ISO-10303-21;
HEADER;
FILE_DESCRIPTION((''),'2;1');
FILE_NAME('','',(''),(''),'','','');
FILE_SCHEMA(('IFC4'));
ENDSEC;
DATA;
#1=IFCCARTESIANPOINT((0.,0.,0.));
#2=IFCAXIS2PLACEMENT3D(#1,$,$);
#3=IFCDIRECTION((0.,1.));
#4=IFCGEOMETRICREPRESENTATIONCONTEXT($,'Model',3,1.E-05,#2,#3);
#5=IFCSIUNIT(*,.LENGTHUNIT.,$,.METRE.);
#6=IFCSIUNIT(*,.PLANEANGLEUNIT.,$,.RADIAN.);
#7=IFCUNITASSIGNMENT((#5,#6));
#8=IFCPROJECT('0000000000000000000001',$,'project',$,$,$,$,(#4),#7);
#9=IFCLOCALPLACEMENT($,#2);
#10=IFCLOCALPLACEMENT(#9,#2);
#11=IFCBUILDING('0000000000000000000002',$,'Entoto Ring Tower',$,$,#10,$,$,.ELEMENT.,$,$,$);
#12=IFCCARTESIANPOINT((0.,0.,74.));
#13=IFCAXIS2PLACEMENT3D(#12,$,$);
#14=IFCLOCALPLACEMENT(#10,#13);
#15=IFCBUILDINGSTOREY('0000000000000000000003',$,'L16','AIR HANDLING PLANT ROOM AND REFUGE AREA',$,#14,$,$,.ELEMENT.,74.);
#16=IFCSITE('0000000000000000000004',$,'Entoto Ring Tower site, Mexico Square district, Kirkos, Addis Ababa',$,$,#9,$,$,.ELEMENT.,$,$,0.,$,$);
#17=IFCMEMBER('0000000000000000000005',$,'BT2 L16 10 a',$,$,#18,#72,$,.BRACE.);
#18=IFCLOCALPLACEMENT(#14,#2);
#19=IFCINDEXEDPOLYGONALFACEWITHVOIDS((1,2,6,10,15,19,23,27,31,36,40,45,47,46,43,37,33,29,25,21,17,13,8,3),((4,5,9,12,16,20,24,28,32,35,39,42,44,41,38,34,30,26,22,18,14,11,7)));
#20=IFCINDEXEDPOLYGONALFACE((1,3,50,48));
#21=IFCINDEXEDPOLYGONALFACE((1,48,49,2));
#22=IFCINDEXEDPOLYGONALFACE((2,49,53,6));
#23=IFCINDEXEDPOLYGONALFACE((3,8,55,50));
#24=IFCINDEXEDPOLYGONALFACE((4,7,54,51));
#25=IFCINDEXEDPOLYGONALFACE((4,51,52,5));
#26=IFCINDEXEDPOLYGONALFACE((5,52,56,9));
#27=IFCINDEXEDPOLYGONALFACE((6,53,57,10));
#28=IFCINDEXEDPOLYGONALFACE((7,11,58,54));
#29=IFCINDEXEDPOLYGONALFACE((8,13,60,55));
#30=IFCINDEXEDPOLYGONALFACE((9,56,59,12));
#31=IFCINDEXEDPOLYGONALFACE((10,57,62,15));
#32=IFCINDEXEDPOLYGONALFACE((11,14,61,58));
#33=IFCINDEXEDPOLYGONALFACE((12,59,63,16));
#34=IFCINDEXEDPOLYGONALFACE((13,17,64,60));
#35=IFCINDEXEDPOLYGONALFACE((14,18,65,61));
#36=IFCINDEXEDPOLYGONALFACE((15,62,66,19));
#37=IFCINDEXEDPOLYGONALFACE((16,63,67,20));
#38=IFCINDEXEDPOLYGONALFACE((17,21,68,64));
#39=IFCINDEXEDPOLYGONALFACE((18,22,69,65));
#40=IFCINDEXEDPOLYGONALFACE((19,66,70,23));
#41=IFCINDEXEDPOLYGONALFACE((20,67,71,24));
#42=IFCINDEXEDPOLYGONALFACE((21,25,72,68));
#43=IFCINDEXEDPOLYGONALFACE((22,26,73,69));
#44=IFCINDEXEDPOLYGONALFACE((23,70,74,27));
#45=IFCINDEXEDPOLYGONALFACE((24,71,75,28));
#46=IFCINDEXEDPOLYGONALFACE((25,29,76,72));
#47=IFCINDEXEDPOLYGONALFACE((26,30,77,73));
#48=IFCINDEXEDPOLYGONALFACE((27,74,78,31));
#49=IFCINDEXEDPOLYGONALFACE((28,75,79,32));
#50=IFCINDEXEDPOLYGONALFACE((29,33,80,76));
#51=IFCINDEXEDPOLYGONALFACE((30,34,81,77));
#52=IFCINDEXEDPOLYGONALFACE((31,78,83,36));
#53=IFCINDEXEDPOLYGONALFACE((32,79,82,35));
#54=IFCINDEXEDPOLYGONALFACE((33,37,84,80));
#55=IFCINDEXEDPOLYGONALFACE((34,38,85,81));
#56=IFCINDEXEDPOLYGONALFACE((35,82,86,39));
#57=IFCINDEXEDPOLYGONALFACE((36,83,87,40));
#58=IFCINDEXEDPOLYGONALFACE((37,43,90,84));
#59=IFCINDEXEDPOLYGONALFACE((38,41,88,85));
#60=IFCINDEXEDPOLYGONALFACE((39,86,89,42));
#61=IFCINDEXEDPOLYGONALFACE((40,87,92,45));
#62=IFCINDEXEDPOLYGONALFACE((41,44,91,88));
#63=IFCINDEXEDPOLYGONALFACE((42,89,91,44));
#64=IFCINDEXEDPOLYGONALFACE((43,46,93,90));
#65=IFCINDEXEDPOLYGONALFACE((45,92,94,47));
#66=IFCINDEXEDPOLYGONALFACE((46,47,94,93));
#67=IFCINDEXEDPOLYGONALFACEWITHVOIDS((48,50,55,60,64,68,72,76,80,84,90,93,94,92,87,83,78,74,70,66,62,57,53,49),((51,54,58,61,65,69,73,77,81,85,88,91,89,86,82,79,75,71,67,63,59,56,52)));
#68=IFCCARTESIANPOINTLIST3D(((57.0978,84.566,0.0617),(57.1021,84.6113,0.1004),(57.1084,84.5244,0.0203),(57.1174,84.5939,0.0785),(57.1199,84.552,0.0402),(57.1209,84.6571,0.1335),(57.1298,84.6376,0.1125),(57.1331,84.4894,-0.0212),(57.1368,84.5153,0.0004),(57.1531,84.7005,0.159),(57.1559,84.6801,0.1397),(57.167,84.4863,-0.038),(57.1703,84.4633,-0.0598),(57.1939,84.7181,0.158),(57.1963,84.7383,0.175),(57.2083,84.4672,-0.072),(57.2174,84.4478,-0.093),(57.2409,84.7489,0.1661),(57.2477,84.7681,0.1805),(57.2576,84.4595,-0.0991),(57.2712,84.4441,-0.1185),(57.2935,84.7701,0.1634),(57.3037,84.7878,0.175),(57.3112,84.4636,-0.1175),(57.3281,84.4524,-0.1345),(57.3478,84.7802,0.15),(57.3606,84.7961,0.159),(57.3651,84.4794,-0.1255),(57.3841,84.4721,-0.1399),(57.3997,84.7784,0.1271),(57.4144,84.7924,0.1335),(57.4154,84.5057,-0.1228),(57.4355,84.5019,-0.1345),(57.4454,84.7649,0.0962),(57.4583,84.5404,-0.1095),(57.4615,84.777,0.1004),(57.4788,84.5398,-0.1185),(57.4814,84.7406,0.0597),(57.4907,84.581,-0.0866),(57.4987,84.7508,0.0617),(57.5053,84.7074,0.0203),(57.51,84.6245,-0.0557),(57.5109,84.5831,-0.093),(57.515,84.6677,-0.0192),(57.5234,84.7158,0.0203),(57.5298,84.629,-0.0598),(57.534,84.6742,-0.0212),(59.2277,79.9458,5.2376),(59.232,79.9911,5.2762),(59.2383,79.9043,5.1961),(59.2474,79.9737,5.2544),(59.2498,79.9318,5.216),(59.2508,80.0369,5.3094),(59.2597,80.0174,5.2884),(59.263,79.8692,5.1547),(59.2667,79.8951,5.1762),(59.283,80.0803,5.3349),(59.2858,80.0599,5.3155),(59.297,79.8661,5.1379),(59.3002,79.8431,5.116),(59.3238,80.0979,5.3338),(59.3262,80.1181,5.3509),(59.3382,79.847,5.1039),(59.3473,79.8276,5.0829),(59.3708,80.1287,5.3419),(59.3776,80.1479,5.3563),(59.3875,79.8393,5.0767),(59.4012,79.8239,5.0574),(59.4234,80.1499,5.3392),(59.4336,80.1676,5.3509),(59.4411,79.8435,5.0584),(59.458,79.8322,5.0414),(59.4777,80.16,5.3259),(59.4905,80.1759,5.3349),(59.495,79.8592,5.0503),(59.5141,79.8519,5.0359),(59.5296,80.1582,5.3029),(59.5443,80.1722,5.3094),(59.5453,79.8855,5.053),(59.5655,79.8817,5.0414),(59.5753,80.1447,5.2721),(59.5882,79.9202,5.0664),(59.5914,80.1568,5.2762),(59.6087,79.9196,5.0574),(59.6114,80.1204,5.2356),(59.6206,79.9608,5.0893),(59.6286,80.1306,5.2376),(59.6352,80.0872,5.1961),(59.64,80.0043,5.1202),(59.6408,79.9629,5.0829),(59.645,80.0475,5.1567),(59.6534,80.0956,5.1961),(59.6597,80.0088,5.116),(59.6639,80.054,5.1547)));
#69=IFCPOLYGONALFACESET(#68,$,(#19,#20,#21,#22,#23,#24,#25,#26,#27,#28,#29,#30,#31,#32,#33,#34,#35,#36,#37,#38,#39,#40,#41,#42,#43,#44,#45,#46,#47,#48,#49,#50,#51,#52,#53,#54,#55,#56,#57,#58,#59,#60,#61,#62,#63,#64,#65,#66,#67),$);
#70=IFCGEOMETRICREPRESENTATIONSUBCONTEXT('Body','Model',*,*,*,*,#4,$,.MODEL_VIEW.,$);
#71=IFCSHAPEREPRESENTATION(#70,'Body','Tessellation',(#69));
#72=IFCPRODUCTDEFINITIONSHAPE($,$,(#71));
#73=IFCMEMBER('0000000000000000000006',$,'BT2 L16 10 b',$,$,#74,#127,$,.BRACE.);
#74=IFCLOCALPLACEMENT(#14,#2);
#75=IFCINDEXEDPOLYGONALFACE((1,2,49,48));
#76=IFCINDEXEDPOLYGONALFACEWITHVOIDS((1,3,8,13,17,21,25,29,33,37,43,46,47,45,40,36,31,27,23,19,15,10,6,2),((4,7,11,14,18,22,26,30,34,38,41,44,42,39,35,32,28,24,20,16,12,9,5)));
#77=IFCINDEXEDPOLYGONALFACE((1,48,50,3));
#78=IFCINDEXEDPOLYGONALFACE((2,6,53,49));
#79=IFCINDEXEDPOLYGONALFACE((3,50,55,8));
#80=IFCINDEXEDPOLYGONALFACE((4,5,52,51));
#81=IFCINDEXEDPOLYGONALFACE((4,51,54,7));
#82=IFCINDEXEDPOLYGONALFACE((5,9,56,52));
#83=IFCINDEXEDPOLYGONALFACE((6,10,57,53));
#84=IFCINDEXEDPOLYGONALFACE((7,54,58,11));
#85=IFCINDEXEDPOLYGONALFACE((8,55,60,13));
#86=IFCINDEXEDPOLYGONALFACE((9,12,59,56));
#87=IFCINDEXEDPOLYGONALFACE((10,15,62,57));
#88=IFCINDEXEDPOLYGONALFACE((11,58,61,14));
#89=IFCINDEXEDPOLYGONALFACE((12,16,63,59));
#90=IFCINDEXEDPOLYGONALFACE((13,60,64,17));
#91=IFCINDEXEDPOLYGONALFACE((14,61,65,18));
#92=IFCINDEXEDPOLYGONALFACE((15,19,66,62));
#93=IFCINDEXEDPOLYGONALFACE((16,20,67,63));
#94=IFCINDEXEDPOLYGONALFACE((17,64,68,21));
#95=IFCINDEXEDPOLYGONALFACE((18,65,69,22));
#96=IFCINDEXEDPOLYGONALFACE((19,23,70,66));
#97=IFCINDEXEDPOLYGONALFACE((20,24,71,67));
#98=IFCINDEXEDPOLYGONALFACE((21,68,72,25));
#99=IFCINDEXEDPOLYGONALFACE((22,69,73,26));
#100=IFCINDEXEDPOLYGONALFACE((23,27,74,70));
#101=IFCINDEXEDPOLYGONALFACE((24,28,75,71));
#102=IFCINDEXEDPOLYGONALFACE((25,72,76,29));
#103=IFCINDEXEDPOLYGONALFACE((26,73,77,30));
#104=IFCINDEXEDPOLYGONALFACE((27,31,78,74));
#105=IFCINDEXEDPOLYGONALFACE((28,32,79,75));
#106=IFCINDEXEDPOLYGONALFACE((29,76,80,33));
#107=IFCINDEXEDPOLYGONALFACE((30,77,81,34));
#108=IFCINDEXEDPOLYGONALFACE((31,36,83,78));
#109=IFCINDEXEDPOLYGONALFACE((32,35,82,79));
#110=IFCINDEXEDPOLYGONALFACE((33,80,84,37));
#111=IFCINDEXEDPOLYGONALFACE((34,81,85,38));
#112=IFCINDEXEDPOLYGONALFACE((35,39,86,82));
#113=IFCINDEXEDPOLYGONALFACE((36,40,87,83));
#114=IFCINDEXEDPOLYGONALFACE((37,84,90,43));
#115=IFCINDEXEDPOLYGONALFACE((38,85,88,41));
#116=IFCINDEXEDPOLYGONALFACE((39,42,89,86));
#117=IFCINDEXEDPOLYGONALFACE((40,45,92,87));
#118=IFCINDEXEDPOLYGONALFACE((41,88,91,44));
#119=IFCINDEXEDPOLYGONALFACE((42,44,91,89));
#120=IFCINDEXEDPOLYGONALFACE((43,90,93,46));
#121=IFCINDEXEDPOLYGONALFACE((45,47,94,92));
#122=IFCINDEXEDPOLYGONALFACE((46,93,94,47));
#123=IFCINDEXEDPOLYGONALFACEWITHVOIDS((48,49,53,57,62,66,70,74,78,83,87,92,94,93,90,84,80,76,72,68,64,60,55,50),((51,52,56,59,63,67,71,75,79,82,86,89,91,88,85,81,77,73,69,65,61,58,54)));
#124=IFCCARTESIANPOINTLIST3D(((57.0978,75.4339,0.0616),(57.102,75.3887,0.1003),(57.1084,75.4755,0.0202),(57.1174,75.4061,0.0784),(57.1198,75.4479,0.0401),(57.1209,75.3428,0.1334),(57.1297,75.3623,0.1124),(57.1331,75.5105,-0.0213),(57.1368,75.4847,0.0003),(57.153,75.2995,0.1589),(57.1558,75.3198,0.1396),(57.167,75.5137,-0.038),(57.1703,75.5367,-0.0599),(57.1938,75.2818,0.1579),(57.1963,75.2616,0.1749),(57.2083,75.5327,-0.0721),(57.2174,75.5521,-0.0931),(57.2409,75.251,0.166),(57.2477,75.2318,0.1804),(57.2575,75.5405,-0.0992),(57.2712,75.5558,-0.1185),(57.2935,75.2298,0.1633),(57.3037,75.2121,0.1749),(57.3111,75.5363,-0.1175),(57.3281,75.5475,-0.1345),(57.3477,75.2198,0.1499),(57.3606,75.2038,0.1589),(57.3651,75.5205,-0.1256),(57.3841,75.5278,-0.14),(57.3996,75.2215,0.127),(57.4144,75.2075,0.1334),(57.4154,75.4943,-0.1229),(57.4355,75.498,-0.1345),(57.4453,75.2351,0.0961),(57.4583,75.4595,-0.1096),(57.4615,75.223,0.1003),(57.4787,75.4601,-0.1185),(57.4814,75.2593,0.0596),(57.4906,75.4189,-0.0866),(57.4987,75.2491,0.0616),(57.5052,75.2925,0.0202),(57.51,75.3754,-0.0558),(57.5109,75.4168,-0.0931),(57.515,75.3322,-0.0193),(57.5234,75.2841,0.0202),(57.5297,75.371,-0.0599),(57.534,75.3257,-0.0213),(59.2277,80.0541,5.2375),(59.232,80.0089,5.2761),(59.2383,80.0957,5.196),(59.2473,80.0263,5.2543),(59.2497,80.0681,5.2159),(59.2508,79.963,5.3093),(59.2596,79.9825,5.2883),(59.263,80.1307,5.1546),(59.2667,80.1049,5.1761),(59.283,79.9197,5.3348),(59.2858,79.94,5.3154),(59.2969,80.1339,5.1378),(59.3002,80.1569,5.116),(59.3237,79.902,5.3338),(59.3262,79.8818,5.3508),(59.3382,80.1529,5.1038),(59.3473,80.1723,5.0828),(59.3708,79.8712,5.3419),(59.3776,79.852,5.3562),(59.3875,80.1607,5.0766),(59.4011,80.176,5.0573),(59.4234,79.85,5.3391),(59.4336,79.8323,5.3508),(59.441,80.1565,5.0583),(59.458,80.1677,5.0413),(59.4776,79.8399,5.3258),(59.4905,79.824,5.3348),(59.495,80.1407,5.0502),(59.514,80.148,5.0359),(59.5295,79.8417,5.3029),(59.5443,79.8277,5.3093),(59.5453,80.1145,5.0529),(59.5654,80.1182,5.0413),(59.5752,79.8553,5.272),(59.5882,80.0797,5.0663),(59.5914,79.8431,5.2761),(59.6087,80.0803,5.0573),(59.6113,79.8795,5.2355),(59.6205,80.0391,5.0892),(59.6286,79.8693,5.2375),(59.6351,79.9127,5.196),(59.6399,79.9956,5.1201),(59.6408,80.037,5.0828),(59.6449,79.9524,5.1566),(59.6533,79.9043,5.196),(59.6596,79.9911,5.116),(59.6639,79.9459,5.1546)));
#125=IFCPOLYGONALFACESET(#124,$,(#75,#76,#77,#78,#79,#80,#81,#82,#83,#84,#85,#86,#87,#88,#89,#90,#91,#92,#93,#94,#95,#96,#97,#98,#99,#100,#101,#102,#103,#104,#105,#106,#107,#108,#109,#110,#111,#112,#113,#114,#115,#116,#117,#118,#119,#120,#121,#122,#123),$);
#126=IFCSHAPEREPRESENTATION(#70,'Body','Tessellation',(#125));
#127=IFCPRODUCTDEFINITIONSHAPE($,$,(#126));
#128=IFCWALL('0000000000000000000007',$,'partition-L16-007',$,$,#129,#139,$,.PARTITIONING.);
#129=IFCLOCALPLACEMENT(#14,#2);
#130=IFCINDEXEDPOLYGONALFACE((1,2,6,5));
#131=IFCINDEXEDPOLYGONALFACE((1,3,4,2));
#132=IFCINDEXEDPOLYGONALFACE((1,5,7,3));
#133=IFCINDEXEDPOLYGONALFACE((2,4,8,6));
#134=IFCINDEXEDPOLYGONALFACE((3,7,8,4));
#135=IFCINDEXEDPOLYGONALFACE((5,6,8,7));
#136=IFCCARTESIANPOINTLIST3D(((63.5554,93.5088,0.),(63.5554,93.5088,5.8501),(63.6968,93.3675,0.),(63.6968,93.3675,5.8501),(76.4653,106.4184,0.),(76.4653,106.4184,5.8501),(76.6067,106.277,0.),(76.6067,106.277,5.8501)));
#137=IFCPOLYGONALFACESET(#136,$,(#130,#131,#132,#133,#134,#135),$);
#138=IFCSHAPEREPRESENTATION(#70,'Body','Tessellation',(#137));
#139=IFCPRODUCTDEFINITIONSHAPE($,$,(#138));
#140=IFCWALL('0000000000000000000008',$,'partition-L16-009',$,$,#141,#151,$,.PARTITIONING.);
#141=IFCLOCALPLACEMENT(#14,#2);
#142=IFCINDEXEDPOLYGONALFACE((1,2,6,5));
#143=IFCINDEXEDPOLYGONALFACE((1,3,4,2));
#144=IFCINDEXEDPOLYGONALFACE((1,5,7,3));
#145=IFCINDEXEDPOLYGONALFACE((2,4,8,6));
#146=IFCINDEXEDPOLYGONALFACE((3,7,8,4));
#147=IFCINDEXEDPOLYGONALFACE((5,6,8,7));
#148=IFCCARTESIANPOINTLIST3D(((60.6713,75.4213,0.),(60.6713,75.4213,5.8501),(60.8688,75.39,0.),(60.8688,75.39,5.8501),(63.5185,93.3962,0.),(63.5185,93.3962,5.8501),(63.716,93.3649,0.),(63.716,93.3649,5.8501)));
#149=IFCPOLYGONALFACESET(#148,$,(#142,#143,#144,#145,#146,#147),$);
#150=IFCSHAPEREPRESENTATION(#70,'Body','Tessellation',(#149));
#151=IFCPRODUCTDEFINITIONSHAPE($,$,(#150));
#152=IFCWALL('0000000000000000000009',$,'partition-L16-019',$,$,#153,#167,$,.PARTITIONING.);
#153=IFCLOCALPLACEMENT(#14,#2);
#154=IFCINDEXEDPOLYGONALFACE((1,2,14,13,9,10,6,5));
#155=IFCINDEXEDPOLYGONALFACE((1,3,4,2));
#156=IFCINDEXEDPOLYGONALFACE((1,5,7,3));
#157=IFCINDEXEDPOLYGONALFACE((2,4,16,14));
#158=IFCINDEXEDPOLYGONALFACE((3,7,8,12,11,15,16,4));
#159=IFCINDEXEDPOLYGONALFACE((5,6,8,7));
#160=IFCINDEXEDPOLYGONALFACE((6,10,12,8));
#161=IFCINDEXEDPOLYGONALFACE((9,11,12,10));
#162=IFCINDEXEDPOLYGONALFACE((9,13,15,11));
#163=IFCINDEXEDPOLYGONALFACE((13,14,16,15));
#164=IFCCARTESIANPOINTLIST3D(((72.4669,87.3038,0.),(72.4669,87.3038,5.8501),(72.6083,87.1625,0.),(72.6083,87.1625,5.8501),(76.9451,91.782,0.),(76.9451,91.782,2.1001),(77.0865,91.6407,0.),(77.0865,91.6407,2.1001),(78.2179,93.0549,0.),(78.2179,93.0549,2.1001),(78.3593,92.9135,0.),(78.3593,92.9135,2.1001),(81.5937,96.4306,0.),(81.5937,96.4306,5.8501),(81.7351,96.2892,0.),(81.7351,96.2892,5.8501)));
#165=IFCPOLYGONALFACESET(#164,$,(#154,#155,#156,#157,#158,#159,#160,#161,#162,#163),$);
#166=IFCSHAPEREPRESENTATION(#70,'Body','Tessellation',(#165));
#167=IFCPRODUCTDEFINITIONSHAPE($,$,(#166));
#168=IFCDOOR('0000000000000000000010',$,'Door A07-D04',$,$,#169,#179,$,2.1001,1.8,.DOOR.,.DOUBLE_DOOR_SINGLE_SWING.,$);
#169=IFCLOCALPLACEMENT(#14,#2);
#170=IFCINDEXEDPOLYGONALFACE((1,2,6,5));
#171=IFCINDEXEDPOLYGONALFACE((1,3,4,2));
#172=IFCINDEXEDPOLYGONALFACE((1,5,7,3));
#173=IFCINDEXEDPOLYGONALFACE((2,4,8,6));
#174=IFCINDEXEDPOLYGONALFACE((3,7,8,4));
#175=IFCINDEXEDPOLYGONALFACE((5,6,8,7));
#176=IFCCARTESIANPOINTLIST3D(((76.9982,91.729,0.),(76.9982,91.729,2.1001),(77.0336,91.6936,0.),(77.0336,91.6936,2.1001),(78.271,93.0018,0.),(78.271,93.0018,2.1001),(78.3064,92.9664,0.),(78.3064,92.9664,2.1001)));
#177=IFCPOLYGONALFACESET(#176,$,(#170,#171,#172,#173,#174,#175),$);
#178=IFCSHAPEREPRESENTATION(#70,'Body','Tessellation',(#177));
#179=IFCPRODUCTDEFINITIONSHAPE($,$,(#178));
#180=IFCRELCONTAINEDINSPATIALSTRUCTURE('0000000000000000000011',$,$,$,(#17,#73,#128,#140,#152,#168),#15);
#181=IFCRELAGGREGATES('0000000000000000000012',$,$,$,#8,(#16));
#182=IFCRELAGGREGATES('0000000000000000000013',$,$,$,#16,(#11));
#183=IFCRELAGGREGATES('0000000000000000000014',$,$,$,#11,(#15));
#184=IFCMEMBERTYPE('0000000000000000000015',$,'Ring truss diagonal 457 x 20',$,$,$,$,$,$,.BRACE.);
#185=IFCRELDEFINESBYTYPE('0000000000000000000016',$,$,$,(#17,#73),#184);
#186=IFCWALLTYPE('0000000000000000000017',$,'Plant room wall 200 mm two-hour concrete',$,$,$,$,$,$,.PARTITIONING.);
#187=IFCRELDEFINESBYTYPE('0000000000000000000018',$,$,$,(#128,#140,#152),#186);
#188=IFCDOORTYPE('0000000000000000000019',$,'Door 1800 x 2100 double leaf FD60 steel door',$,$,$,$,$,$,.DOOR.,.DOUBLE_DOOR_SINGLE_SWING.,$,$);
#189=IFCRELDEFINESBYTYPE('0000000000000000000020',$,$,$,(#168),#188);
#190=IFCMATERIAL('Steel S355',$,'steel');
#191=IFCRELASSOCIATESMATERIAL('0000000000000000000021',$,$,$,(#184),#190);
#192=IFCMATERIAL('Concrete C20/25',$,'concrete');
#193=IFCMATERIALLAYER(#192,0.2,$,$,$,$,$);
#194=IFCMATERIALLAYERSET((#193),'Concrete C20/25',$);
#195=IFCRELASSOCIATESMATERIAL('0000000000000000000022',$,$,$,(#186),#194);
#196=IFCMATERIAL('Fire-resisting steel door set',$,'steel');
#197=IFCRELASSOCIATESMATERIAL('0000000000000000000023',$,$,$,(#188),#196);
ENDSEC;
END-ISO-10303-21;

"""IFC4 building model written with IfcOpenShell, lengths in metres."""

from ifc_helpers import new_model, si_unit, direction, frame, frame_2d, origin, origin_2d, place, context, subcontext, project, spatial, rectangle, circle, hollow_circle, extrude, material, layer, layer_set, material_profile, profile_set, type_object, element, fill, save


model = new_model("IFC4")

# Units and contexts
model_context = context("Model", 3, precision=1e-05, world=origin(), true_north=direction((0.0, 1.0)))
body_context = subcontext(model_context, "Body", "Model", "MODEL_VIEW")
ifc_project = project(units=[si_unit("LENGTHUNIT", "METRE"), si_unit("PLANEANGLEUNIT", "RADIAN")], contexts=[model_context])

# Site, building, storey
site_placement = place(None, origin())
site = spatial("IfcSite", under=ifc_project, at=site_placement, Name="Entoto Ring Tower site, Mexico Square district, Kirkos, Addis Ababa", CompositionType="ELEMENT", RefElevation=0.0)
building_placement = place(site_placement, origin())
building = spatial("IfcBuilding", under=site, at=building_placement, Name="Entoto Ring Tower", CompositionType="ELEMENT")
storey_placement = place(building_placement, frame((0.0, 0.0, 74.0)))
storey = spatial("IfcBuildingStorey", under=building, at=storey_placement, Name="L16", Description="AIR HANDLING PLANT ROOM AND REFUGE AREA", CompositionType="ELEMENT", Elevation=74.0)

# Members
ifc_material_1 = material(Name="Steel S355", Category="steel")
ifc_material_profile_1 = material_profile(ifc_material_1, hollow_circle(Radius=0.2285, WallThickness=0.02, at=origin_2d()), Name="CHS 457 x 20")
ifc_material_2 = material(Name="Concrete C60/75", Category="concrete")
ifc_material_profile_2 = material_profile(ifc_material_2, circle(Radius=0.2085, at=origin_2d()), Name="Concrete C60/75 infill")
ifc_profile_set_1 = profile_set([ifc_material_profile_1, ifc_material_profile_2], Name="Steel S355")
member_type_1 = type_object("IfcMemberType", Name="Ring truss diagonal 457 x 20", PredefinedType="BRACE", material=ifc_profile_set_1)
for number, where, z_axis, x_axis, name in (
    (1, (57.3159, 84.6201, 0.0203), (0.293475, -0.636603, 0.713168), (0.908145, 0.418656, 0.0), "BT2 L16 10 a"),
    (2, (59.4458, 80.0, 5.196), (-0.293475, -0.636603, -0.713168), (0.908145, -0.418656, 0.0), "BT2 L16 10 b"),
):
    element("IfcMember", number, at=place(storey_placement, frame(where, z_axis=z_axis, x_axis=x_axis)), inside=storey, type_object=member_type_1, Name=name, PredefinedType="BRACE", context=body_context, shape_type="SweptSolid", body=[
        extrude(hollow_circle(Radius=0.2285, WallThickness=0.02, at=origin_2d()), origin(), (0.0, 0.0, 1.0), 7.2576),
    ])

# Walls
ifc_material_3 = material(Name="Concrete C20/25", Category="concrete")
ifc_layer_1 = layer(ifc_material_3, 0.2)
ifc_layer_set_1 = layer_set([ifc_layer_1], Name="Concrete C20/25")
wall_type_1 = type_object("IfcWallType", Name="Plant room wall 200 mm two-hour concrete", PredefinedType="PARTITIONING", material=ifc_layer_set_1)
wall_1_placement = place(storey_placement, frame((63.6262, 93.4382, 0.0), z_axis=(0.0, 0.0, 1.0), x_axis=(0.707113, 0.7071, 0.0)))
element("IfcWall", 3, at=wall_1_placement, inside=storey, type_object=wall_type_1, Name="partition-L16-007", PredefinedType="PARTITIONING", context=body_context, shape_type="SweptSolid", body=[
    extrude(rectangle(XDim=18.2571, YDim=0.2, at=frame_2d((9.1284, 0.0))), origin(), (0.0, 0.0, 1.0), 5.8501),
])
wall_2_placement = place(storey_placement, frame((60.77, 75.4055, 0.0), z_axis=(0.0, 0.0, 1.0), x_axis=(0.156447, 0.987686, 0.0)))
element("IfcWall", 4, at=wall_2_placement, inside=storey, type_object=wall_type_1, Name="partition-L16-009", PredefinedType="PARTITIONING", context=body_context, shape_type="SweptSolid", body=[
    extrude(rectangle(XDim=18.199, YDim=0.2, at=frame_2d((9.0996, 0.0))), origin(), (0.0, 0.0, 1.0), 5.8501),
])

# Wall, opening, door
wall_3_placement = place(storey_placement, frame((72.5376, 87.2332, 0.0), z_axis=(0.0, 0.0, 1.0), x_axis=(0.707107, 0.707107, 0.0)))
wall_3 = element("IfcWall", 5, at=wall_3_placement, inside=storey, type_object=wall_type_1, Name="partition-L16-019", PredefinedType="PARTITIONING", context=body_context, shape_type="SweptSolid", body=[
    extrude(rectangle(XDim=12.9072, YDim=0.2, at=frame_2d((6.4536, 0.0))), origin(), (0.0, 0.0, 1.0), 5.8501),
])
opening_1_placement = place(wall_3_placement, frame((6.3333, 0.0, 0.0)))
opening_1 = element("IfcOpeningElement", 6, at=opening_1_placement, cuts=wall_3, PredefinedType="OPENING", context=body_context, shape_type="SweptSolid", body=[
    extrude(rectangle(XDim=1.8, YDim=2.1001, at=frame_2d((0.8999, 1.05))), frame((0.0, 0.1099, 0.0), z_axis=(0.0, -1.0, 0.0), x_axis=(1.0, 0.0, 0.0)), (0.0, 0.0, 1.0), 0.22),
])
ifc_material_4 = material(Name="Fire-resisting steel door set", Category="steel")
door_type = type_object("IfcDoorType", Name="Door 1800 x 2100 double leaf FD60 steel door", OperationType="DOUBLE_DOOR_SINGLE_SWING", PredefinedType="DOOR", material=ifc_material_4)
door_1_placement = place(opening_1_placement, origin())
door_1 = element("IfcDoor", 7, at=door_1_placement, inside=storey, type_object=door_type, Name="Door A07-D04", OperationType="DOUBLE_DOOR_SINGLE_SWING", OverallHeight=2.1001, OverallWidth=1.8, PredefinedType="DOOR", context=body_context, shape_type="SweptSolid", body=[
    extrude(rectangle(XDim=1.8, YDim=2.1001, at=frame_2d((0.8999, 1.05))), frame((0.0, 0.0249, 0.0), z_axis=(0.0, -1.0, 0.0), x_axis=(1.0, 0.0, 0.0)), (0.0, 0.0, 1.0), 0.05),
])
fill(opening_1, door_1)

save(model, "model.ifc")
